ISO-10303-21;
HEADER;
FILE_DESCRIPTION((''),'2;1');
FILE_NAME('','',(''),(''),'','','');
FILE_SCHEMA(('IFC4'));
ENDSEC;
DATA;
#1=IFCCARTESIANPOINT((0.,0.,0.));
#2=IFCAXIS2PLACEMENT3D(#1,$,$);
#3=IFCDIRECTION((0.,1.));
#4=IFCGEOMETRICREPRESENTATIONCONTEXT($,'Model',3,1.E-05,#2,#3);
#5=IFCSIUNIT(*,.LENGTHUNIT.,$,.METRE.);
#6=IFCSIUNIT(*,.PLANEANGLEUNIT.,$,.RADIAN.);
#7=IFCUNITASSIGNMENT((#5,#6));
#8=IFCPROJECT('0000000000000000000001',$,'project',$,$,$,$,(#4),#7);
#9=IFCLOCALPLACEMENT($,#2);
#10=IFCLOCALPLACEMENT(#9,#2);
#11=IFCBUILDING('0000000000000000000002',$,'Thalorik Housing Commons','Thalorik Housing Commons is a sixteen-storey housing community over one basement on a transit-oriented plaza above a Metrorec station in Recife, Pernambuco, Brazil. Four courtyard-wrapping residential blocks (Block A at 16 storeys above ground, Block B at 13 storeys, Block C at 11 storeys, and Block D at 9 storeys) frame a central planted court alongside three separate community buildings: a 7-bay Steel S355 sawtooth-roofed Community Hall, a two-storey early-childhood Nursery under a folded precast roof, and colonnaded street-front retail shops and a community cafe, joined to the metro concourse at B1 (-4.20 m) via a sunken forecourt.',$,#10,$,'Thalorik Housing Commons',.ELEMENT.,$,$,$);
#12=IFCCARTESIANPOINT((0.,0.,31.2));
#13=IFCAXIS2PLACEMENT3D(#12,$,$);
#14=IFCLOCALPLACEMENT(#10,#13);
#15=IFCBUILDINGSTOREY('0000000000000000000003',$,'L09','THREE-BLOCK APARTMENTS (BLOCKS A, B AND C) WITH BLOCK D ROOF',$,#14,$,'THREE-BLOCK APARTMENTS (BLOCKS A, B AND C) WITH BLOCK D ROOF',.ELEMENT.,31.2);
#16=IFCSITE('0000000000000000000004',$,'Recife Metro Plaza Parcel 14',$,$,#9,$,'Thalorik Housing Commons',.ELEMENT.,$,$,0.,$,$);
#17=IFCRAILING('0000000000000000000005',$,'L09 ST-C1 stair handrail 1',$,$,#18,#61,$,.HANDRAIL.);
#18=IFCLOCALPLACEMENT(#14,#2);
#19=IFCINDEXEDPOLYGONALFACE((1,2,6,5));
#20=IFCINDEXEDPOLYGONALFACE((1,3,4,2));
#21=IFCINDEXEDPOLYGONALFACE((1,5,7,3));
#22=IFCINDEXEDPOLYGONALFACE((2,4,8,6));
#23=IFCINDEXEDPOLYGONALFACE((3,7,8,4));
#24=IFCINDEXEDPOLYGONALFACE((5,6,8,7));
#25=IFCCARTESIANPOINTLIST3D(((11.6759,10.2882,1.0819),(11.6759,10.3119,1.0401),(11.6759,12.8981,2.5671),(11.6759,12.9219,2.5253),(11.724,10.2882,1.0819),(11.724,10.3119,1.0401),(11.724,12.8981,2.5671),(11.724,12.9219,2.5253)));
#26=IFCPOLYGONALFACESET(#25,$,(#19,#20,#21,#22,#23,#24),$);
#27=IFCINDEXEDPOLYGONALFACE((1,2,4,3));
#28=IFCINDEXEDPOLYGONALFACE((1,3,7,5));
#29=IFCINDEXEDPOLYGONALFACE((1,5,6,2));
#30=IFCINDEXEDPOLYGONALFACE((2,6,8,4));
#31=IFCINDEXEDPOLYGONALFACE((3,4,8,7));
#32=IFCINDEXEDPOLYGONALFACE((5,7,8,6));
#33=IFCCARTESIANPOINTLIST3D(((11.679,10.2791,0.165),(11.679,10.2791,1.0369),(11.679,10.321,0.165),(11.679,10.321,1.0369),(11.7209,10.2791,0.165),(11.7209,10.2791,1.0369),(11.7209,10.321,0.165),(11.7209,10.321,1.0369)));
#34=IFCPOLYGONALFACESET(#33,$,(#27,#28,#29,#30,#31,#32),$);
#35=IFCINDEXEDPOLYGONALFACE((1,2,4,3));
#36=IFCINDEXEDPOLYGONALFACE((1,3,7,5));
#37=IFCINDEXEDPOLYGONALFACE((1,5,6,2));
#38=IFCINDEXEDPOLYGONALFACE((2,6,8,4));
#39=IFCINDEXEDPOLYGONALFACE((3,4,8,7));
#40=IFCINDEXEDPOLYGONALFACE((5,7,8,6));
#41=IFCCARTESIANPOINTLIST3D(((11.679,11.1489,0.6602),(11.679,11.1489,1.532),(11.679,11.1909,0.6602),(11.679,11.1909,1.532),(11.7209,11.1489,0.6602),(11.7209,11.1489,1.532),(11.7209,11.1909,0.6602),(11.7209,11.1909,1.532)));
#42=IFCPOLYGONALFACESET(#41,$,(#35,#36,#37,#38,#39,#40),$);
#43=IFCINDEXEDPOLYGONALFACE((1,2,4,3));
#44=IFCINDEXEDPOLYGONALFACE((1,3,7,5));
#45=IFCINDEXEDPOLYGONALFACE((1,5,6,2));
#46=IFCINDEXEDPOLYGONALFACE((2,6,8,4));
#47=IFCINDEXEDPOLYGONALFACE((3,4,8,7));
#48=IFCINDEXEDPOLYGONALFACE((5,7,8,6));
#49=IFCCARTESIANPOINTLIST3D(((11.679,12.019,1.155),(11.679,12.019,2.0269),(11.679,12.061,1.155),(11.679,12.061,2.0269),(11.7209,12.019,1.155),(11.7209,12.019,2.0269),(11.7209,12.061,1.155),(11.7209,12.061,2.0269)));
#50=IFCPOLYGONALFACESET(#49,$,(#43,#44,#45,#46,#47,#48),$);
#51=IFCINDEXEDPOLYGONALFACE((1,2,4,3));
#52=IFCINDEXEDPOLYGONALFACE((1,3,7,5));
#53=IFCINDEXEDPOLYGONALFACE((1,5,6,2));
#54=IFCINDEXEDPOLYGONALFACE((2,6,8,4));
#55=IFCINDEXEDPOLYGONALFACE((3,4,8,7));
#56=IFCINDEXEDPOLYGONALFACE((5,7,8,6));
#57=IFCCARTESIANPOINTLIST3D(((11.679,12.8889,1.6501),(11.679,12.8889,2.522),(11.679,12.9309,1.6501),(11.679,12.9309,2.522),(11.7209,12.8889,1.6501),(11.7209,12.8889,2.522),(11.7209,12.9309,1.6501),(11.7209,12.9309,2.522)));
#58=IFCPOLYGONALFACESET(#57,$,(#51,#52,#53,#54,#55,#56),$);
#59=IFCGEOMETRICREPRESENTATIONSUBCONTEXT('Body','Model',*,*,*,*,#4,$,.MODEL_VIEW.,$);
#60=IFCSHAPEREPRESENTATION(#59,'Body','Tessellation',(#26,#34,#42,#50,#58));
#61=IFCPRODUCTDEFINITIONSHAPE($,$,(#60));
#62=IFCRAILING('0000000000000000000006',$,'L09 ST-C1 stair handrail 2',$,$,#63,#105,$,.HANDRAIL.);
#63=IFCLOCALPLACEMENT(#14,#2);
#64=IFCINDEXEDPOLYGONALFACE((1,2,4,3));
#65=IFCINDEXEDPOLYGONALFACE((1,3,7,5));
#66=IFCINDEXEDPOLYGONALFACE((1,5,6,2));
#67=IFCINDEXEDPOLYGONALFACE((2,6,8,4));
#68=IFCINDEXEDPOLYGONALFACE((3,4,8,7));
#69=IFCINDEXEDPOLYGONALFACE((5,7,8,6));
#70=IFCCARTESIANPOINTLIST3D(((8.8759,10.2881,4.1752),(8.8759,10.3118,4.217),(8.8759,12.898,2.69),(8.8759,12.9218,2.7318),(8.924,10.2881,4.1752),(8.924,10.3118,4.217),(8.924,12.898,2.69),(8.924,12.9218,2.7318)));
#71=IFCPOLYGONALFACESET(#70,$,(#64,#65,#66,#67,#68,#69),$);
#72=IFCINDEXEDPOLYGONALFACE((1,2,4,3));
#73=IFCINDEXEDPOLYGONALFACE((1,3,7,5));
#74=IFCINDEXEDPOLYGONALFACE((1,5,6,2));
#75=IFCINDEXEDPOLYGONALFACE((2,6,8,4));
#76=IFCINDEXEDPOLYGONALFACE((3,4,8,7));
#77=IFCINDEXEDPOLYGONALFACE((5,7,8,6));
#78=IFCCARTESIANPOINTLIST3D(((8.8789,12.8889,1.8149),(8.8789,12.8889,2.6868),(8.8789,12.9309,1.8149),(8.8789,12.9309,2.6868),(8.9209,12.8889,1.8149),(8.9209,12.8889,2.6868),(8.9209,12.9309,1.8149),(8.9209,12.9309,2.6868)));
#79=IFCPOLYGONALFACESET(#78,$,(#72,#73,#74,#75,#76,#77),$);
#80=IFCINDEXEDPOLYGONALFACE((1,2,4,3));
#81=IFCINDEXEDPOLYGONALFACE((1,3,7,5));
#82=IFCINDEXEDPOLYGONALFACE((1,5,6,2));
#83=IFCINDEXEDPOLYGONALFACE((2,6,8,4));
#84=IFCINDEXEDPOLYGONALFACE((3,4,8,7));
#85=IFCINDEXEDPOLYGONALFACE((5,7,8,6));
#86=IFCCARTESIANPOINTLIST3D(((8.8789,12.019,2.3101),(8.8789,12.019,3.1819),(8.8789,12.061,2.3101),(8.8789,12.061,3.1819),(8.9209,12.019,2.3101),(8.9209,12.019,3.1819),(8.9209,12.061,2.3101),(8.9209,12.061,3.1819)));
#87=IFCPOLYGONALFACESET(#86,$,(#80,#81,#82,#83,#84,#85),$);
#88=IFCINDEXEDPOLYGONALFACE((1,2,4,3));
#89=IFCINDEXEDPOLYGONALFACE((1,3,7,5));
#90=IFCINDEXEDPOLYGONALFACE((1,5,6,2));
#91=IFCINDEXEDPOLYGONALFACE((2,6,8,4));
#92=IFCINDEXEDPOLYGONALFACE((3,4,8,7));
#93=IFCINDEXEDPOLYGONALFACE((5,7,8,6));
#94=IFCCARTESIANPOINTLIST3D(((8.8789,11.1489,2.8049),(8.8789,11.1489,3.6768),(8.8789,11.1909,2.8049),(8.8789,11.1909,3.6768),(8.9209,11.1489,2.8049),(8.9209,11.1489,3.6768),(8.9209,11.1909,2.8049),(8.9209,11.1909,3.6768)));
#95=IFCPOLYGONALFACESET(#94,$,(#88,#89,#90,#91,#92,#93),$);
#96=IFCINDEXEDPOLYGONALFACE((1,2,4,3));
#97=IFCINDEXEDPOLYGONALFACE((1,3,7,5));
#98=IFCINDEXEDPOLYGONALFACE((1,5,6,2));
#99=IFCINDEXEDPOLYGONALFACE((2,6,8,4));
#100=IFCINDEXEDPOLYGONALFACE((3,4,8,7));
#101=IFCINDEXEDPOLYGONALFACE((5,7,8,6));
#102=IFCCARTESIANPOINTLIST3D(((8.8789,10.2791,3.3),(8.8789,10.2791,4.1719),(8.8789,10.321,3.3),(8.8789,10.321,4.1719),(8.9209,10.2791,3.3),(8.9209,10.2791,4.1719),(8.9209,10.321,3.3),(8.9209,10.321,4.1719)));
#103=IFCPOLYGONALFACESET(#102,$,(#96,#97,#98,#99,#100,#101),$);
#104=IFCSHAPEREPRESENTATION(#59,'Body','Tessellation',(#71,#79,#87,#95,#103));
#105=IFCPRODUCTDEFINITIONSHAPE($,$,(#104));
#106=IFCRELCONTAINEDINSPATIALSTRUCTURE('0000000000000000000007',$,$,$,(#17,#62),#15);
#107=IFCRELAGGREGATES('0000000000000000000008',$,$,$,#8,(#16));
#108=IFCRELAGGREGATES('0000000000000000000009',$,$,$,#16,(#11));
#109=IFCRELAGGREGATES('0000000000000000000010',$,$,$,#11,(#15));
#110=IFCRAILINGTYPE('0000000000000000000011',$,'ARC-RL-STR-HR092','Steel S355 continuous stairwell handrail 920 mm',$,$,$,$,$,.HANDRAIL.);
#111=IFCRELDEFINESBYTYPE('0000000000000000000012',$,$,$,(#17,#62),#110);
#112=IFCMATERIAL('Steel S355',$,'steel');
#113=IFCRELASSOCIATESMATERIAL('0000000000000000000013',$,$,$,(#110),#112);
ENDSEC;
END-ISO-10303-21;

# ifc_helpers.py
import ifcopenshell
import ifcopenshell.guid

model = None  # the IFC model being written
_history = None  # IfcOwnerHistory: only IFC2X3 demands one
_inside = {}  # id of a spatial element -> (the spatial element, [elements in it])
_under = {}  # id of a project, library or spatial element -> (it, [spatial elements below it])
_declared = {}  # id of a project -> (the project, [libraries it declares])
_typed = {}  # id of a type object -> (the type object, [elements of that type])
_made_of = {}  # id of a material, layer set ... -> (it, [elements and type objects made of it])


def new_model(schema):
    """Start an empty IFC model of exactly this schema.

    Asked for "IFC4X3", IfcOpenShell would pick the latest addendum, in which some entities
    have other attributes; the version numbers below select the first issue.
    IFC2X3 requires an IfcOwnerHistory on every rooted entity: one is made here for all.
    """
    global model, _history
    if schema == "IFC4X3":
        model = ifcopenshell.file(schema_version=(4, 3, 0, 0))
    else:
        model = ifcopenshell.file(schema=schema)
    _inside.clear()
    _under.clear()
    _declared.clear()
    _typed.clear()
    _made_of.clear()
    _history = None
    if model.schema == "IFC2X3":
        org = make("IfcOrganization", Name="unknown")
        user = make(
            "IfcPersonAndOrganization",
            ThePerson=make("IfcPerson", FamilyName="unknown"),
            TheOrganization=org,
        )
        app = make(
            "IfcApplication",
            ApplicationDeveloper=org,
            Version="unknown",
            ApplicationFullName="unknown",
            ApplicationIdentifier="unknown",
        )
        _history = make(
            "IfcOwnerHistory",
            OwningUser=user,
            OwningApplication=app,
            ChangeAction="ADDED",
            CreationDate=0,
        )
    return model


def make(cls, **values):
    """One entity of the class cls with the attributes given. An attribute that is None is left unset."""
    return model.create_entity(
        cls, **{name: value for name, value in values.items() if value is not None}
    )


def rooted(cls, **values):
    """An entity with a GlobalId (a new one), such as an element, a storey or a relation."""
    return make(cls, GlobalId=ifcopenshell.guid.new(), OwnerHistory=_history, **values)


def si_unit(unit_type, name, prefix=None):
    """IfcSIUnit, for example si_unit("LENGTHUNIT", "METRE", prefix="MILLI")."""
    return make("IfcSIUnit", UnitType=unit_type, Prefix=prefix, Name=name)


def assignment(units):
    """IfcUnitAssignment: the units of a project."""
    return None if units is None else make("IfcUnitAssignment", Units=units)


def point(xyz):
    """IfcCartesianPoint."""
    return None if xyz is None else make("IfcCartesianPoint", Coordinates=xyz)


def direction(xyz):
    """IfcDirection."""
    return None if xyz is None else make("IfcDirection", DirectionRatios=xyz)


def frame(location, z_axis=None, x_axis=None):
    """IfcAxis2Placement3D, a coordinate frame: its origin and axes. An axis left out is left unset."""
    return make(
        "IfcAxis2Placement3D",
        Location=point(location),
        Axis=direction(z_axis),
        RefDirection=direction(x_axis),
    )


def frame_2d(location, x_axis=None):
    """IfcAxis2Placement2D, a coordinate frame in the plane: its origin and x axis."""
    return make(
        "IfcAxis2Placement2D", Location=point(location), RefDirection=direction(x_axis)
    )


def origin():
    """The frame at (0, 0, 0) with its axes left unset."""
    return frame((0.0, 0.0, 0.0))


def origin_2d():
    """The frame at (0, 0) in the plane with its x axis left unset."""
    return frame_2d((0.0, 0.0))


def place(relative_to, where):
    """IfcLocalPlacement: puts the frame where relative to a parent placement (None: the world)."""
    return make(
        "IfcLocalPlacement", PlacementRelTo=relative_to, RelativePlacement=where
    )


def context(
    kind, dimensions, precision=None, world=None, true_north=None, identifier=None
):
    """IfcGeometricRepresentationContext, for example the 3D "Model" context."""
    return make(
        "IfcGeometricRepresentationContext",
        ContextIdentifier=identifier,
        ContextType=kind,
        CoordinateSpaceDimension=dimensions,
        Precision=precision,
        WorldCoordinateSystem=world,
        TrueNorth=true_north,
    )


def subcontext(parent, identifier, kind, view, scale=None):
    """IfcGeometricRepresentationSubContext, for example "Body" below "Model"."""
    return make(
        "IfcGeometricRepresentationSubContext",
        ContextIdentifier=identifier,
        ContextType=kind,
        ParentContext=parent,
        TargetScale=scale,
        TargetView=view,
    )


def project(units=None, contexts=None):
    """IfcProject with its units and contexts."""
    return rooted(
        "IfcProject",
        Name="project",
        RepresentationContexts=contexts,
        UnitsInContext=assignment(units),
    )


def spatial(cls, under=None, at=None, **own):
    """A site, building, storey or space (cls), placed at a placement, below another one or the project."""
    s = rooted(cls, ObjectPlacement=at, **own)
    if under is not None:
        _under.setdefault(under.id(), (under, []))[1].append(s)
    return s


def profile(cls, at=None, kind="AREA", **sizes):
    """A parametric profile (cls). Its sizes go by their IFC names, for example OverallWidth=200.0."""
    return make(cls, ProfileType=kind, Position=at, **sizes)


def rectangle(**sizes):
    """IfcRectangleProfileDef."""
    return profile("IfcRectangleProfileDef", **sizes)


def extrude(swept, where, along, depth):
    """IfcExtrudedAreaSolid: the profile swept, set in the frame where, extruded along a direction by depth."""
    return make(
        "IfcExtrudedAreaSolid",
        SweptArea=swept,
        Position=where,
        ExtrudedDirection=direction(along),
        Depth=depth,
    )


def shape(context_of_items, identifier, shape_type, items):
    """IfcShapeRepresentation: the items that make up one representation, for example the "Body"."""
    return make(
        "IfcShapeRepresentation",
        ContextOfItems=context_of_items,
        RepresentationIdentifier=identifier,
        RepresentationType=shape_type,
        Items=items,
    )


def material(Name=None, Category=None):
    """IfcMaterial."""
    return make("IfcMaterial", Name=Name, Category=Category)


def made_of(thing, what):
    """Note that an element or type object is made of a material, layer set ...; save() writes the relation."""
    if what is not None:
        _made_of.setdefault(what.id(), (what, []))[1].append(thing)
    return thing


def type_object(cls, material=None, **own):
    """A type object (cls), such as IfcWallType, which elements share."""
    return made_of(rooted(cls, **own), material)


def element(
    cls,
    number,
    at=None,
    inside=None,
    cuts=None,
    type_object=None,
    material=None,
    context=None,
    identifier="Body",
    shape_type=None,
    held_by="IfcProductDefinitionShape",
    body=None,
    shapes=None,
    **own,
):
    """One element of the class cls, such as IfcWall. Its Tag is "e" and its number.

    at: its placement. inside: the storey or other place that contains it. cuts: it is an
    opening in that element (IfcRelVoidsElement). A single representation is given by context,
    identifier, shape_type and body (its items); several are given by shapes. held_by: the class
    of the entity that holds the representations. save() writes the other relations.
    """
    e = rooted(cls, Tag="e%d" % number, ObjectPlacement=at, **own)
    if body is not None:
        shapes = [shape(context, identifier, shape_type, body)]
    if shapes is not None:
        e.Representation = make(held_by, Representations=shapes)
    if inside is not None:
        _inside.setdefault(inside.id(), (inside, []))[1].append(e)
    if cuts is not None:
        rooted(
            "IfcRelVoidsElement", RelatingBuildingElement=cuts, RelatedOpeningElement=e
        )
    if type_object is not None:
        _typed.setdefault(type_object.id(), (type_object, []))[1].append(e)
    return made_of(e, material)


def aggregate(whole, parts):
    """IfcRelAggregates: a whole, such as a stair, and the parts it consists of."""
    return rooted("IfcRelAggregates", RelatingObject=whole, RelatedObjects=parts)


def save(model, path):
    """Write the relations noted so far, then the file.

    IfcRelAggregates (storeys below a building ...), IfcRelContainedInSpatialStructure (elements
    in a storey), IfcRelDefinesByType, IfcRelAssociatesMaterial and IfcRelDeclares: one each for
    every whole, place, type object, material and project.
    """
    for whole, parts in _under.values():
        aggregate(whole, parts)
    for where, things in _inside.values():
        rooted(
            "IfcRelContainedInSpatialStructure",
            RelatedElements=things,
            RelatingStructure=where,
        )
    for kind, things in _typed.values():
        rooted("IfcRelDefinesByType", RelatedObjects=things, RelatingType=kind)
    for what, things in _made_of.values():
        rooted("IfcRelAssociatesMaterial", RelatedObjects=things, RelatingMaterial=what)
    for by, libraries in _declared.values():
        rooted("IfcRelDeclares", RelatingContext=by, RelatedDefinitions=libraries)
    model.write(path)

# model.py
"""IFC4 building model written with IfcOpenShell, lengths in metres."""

from ifc_helpers import new_model, si_unit, direction, frame, origin, origin_2d, place, context, subcontext, project, spatial, rectangle, extrude, material, type_object, element, save


model = new_model("IFC4")

# Units and contexts
model_context = context("Model", 3, precision=1e-05, world=origin(), true_north=direction((0.0, 1.0)))
body_context = subcontext(model_context, "Body", "Model", "MODEL_VIEW")
ifc_project = project(units=[si_unit("LENGTHUNIT", "METRE"), si_unit("PLANEANGLEUNIT", "RADIAN")], contexts=[model_context])

# Site, building, storey
site_placement = place(None, origin())
site = spatial("IfcSite", under=ifc_project, at=site_placement, Name="Recife Metro Plaza Parcel 14", LongName="Thalorik Housing Commons", CompositionType="ELEMENT", RefElevation=0.0)
building_placement = place(site_placement, origin())
building = spatial("IfcBuilding", under=site, at=building_placement, Name="Thalorik Housing Commons", Description="Thalorik Housing Commons is a sixteen-storey housing community over one basement on a transit-oriented plaza above a Metrorec station in Recife, Pernambuco, Brazil. Four courtyard-wrapping residential blocks (Block A at 16 storeys above ground, Block B at 13 storeys, Block C at 11 storeys, and Block D at 9 storeys) frame a central planted court alongside three separate community buildings: a 7-bay Steel S355 sawtooth-roofed Community Hall, a two-storey early-childhood Nursery under a folded precast roof, and colonnaded street-front retail shops and a community cafe, joined to the metro concourse at B1 (-4.20 m) via a sunken forecourt.", LongName="Thalorik Housing Commons", CompositionType="ELEMENT")
storey_placement = place(building_placement, frame((0.0, 0.0, 31.2)))
storey = spatial("IfcBuildingStorey", under=building, at=storey_placement, Name="L09", Description="THREE-BLOCK APARTMENTS (BLOCKS A, B AND C) WITH BLOCK D ROOF", LongName="THREE-BLOCK APARTMENTS (BLOCKS A, B AND C) WITH BLOCK D ROOF", CompositionType="ELEMENT", Elevation=31.2)

# Shared definitions
ifc_material_1 = material(Name="Steel S355", Category="steel")

# Railings
railing_type_1 = type_object("IfcRailingType", Name="ARC-RL-STR-HR092", Description="Steel S355 continuous stairwell handrail 920 mm", PredefinedType="HANDRAIL", material=ifc_material_1)
railing_1_placement = place(storey_placement, frame((11.7, 10.3, 0.165)))
element("IfcRailing", 1, at=railing_1_placement, inside=storey, type_object=railing_type_1, Name="L09 ST-C1 stair handrail 1", PredefinedType="HANDRAIL", context=body_context, shape_type="SweptSolid", body=[
    extrude(rectangle(XDim=0.0481, YDim=0.0481, at=origin_2d()), frame((0.0, 0.0, 0.896), z_axis=(0.0, 0.869137, 0.494571), x_axis=(-1.0, 0.0, 0.0)), (0.0, 0.0, 1.0), 3.0029),
    extrude(rectangle(XDim=0.042, YDim=0.042, at=origin_2d()), origin(), (0.0, 0.0, 1.0), 0.8718),
    extrude(rectangle(XDim=0.042, YDim=0.042, at=origin_2d()), frame((0.0, 0.8699, 0.4951)), (0.0, 0.0, 1.0), 0.8718),
    extrude(rectangle(XDim=0.042, YDim=0.042, at=origin_2d()), frame((0.0, 1.74, 0.99)), (0.0, 0.0, 1.0), 0.8718),
    extrude(rectangle(XDim=0.042, YDim=0.042, at=origin_2d()), frame((0.0, 2.6099, 1.4851)), (0.0, 0.0, 1.0), 0.8718),
])
railing_2_placement = place(storey_placement, frame((8.8999, 12.9099, 1.8149)))
element("IfcRailing", 2, at=railing_2_placement, inside=storey, type_object=railing_type_1, Name="L09 ST-C1 stair handrail 2", PredefinedType="HANDRAIL", context=body_context, shape_type="SweptSolid", body=[
    extrude(rectangle(XDim=0.0481, YDim=0.0481, at=origin_2d()), frame((0.0, 0.0, 0.896), z_axis=(0.0, -0.869137, 0.494571), x_axis=(1.0, 0.0, 0.0)), (0.0, 0.0, 1.0), 3.0029),
    extrude(rectangle(XDim=0.042, YDim=0.042, at=origin_2d()), origin(), (0.0, 0.0, 1.0), 0.8718),
    extrude(rectangle(XDim=0.042, YDim=0.042, at=origin_2d()), frame((0.0, -0.8699, 0.4951)), (0.0, 0.0, 1.0), 0.8718),
    extrude(rectangle(XDim=0.042, YDim=0.042, at=origin_2d()), frame((0.0, -1.74, 0.99)), (0.0, 0.0, 1.0), 0.8718),
    extrude(rectangle(XDim=0.042, YDim=0.042, at=origin_2d()), frame((0.0, -2.6099, 1.4851)), (0.0, 0.0, 1.0), 0.8718),
])

save(model, "model.ifc")
